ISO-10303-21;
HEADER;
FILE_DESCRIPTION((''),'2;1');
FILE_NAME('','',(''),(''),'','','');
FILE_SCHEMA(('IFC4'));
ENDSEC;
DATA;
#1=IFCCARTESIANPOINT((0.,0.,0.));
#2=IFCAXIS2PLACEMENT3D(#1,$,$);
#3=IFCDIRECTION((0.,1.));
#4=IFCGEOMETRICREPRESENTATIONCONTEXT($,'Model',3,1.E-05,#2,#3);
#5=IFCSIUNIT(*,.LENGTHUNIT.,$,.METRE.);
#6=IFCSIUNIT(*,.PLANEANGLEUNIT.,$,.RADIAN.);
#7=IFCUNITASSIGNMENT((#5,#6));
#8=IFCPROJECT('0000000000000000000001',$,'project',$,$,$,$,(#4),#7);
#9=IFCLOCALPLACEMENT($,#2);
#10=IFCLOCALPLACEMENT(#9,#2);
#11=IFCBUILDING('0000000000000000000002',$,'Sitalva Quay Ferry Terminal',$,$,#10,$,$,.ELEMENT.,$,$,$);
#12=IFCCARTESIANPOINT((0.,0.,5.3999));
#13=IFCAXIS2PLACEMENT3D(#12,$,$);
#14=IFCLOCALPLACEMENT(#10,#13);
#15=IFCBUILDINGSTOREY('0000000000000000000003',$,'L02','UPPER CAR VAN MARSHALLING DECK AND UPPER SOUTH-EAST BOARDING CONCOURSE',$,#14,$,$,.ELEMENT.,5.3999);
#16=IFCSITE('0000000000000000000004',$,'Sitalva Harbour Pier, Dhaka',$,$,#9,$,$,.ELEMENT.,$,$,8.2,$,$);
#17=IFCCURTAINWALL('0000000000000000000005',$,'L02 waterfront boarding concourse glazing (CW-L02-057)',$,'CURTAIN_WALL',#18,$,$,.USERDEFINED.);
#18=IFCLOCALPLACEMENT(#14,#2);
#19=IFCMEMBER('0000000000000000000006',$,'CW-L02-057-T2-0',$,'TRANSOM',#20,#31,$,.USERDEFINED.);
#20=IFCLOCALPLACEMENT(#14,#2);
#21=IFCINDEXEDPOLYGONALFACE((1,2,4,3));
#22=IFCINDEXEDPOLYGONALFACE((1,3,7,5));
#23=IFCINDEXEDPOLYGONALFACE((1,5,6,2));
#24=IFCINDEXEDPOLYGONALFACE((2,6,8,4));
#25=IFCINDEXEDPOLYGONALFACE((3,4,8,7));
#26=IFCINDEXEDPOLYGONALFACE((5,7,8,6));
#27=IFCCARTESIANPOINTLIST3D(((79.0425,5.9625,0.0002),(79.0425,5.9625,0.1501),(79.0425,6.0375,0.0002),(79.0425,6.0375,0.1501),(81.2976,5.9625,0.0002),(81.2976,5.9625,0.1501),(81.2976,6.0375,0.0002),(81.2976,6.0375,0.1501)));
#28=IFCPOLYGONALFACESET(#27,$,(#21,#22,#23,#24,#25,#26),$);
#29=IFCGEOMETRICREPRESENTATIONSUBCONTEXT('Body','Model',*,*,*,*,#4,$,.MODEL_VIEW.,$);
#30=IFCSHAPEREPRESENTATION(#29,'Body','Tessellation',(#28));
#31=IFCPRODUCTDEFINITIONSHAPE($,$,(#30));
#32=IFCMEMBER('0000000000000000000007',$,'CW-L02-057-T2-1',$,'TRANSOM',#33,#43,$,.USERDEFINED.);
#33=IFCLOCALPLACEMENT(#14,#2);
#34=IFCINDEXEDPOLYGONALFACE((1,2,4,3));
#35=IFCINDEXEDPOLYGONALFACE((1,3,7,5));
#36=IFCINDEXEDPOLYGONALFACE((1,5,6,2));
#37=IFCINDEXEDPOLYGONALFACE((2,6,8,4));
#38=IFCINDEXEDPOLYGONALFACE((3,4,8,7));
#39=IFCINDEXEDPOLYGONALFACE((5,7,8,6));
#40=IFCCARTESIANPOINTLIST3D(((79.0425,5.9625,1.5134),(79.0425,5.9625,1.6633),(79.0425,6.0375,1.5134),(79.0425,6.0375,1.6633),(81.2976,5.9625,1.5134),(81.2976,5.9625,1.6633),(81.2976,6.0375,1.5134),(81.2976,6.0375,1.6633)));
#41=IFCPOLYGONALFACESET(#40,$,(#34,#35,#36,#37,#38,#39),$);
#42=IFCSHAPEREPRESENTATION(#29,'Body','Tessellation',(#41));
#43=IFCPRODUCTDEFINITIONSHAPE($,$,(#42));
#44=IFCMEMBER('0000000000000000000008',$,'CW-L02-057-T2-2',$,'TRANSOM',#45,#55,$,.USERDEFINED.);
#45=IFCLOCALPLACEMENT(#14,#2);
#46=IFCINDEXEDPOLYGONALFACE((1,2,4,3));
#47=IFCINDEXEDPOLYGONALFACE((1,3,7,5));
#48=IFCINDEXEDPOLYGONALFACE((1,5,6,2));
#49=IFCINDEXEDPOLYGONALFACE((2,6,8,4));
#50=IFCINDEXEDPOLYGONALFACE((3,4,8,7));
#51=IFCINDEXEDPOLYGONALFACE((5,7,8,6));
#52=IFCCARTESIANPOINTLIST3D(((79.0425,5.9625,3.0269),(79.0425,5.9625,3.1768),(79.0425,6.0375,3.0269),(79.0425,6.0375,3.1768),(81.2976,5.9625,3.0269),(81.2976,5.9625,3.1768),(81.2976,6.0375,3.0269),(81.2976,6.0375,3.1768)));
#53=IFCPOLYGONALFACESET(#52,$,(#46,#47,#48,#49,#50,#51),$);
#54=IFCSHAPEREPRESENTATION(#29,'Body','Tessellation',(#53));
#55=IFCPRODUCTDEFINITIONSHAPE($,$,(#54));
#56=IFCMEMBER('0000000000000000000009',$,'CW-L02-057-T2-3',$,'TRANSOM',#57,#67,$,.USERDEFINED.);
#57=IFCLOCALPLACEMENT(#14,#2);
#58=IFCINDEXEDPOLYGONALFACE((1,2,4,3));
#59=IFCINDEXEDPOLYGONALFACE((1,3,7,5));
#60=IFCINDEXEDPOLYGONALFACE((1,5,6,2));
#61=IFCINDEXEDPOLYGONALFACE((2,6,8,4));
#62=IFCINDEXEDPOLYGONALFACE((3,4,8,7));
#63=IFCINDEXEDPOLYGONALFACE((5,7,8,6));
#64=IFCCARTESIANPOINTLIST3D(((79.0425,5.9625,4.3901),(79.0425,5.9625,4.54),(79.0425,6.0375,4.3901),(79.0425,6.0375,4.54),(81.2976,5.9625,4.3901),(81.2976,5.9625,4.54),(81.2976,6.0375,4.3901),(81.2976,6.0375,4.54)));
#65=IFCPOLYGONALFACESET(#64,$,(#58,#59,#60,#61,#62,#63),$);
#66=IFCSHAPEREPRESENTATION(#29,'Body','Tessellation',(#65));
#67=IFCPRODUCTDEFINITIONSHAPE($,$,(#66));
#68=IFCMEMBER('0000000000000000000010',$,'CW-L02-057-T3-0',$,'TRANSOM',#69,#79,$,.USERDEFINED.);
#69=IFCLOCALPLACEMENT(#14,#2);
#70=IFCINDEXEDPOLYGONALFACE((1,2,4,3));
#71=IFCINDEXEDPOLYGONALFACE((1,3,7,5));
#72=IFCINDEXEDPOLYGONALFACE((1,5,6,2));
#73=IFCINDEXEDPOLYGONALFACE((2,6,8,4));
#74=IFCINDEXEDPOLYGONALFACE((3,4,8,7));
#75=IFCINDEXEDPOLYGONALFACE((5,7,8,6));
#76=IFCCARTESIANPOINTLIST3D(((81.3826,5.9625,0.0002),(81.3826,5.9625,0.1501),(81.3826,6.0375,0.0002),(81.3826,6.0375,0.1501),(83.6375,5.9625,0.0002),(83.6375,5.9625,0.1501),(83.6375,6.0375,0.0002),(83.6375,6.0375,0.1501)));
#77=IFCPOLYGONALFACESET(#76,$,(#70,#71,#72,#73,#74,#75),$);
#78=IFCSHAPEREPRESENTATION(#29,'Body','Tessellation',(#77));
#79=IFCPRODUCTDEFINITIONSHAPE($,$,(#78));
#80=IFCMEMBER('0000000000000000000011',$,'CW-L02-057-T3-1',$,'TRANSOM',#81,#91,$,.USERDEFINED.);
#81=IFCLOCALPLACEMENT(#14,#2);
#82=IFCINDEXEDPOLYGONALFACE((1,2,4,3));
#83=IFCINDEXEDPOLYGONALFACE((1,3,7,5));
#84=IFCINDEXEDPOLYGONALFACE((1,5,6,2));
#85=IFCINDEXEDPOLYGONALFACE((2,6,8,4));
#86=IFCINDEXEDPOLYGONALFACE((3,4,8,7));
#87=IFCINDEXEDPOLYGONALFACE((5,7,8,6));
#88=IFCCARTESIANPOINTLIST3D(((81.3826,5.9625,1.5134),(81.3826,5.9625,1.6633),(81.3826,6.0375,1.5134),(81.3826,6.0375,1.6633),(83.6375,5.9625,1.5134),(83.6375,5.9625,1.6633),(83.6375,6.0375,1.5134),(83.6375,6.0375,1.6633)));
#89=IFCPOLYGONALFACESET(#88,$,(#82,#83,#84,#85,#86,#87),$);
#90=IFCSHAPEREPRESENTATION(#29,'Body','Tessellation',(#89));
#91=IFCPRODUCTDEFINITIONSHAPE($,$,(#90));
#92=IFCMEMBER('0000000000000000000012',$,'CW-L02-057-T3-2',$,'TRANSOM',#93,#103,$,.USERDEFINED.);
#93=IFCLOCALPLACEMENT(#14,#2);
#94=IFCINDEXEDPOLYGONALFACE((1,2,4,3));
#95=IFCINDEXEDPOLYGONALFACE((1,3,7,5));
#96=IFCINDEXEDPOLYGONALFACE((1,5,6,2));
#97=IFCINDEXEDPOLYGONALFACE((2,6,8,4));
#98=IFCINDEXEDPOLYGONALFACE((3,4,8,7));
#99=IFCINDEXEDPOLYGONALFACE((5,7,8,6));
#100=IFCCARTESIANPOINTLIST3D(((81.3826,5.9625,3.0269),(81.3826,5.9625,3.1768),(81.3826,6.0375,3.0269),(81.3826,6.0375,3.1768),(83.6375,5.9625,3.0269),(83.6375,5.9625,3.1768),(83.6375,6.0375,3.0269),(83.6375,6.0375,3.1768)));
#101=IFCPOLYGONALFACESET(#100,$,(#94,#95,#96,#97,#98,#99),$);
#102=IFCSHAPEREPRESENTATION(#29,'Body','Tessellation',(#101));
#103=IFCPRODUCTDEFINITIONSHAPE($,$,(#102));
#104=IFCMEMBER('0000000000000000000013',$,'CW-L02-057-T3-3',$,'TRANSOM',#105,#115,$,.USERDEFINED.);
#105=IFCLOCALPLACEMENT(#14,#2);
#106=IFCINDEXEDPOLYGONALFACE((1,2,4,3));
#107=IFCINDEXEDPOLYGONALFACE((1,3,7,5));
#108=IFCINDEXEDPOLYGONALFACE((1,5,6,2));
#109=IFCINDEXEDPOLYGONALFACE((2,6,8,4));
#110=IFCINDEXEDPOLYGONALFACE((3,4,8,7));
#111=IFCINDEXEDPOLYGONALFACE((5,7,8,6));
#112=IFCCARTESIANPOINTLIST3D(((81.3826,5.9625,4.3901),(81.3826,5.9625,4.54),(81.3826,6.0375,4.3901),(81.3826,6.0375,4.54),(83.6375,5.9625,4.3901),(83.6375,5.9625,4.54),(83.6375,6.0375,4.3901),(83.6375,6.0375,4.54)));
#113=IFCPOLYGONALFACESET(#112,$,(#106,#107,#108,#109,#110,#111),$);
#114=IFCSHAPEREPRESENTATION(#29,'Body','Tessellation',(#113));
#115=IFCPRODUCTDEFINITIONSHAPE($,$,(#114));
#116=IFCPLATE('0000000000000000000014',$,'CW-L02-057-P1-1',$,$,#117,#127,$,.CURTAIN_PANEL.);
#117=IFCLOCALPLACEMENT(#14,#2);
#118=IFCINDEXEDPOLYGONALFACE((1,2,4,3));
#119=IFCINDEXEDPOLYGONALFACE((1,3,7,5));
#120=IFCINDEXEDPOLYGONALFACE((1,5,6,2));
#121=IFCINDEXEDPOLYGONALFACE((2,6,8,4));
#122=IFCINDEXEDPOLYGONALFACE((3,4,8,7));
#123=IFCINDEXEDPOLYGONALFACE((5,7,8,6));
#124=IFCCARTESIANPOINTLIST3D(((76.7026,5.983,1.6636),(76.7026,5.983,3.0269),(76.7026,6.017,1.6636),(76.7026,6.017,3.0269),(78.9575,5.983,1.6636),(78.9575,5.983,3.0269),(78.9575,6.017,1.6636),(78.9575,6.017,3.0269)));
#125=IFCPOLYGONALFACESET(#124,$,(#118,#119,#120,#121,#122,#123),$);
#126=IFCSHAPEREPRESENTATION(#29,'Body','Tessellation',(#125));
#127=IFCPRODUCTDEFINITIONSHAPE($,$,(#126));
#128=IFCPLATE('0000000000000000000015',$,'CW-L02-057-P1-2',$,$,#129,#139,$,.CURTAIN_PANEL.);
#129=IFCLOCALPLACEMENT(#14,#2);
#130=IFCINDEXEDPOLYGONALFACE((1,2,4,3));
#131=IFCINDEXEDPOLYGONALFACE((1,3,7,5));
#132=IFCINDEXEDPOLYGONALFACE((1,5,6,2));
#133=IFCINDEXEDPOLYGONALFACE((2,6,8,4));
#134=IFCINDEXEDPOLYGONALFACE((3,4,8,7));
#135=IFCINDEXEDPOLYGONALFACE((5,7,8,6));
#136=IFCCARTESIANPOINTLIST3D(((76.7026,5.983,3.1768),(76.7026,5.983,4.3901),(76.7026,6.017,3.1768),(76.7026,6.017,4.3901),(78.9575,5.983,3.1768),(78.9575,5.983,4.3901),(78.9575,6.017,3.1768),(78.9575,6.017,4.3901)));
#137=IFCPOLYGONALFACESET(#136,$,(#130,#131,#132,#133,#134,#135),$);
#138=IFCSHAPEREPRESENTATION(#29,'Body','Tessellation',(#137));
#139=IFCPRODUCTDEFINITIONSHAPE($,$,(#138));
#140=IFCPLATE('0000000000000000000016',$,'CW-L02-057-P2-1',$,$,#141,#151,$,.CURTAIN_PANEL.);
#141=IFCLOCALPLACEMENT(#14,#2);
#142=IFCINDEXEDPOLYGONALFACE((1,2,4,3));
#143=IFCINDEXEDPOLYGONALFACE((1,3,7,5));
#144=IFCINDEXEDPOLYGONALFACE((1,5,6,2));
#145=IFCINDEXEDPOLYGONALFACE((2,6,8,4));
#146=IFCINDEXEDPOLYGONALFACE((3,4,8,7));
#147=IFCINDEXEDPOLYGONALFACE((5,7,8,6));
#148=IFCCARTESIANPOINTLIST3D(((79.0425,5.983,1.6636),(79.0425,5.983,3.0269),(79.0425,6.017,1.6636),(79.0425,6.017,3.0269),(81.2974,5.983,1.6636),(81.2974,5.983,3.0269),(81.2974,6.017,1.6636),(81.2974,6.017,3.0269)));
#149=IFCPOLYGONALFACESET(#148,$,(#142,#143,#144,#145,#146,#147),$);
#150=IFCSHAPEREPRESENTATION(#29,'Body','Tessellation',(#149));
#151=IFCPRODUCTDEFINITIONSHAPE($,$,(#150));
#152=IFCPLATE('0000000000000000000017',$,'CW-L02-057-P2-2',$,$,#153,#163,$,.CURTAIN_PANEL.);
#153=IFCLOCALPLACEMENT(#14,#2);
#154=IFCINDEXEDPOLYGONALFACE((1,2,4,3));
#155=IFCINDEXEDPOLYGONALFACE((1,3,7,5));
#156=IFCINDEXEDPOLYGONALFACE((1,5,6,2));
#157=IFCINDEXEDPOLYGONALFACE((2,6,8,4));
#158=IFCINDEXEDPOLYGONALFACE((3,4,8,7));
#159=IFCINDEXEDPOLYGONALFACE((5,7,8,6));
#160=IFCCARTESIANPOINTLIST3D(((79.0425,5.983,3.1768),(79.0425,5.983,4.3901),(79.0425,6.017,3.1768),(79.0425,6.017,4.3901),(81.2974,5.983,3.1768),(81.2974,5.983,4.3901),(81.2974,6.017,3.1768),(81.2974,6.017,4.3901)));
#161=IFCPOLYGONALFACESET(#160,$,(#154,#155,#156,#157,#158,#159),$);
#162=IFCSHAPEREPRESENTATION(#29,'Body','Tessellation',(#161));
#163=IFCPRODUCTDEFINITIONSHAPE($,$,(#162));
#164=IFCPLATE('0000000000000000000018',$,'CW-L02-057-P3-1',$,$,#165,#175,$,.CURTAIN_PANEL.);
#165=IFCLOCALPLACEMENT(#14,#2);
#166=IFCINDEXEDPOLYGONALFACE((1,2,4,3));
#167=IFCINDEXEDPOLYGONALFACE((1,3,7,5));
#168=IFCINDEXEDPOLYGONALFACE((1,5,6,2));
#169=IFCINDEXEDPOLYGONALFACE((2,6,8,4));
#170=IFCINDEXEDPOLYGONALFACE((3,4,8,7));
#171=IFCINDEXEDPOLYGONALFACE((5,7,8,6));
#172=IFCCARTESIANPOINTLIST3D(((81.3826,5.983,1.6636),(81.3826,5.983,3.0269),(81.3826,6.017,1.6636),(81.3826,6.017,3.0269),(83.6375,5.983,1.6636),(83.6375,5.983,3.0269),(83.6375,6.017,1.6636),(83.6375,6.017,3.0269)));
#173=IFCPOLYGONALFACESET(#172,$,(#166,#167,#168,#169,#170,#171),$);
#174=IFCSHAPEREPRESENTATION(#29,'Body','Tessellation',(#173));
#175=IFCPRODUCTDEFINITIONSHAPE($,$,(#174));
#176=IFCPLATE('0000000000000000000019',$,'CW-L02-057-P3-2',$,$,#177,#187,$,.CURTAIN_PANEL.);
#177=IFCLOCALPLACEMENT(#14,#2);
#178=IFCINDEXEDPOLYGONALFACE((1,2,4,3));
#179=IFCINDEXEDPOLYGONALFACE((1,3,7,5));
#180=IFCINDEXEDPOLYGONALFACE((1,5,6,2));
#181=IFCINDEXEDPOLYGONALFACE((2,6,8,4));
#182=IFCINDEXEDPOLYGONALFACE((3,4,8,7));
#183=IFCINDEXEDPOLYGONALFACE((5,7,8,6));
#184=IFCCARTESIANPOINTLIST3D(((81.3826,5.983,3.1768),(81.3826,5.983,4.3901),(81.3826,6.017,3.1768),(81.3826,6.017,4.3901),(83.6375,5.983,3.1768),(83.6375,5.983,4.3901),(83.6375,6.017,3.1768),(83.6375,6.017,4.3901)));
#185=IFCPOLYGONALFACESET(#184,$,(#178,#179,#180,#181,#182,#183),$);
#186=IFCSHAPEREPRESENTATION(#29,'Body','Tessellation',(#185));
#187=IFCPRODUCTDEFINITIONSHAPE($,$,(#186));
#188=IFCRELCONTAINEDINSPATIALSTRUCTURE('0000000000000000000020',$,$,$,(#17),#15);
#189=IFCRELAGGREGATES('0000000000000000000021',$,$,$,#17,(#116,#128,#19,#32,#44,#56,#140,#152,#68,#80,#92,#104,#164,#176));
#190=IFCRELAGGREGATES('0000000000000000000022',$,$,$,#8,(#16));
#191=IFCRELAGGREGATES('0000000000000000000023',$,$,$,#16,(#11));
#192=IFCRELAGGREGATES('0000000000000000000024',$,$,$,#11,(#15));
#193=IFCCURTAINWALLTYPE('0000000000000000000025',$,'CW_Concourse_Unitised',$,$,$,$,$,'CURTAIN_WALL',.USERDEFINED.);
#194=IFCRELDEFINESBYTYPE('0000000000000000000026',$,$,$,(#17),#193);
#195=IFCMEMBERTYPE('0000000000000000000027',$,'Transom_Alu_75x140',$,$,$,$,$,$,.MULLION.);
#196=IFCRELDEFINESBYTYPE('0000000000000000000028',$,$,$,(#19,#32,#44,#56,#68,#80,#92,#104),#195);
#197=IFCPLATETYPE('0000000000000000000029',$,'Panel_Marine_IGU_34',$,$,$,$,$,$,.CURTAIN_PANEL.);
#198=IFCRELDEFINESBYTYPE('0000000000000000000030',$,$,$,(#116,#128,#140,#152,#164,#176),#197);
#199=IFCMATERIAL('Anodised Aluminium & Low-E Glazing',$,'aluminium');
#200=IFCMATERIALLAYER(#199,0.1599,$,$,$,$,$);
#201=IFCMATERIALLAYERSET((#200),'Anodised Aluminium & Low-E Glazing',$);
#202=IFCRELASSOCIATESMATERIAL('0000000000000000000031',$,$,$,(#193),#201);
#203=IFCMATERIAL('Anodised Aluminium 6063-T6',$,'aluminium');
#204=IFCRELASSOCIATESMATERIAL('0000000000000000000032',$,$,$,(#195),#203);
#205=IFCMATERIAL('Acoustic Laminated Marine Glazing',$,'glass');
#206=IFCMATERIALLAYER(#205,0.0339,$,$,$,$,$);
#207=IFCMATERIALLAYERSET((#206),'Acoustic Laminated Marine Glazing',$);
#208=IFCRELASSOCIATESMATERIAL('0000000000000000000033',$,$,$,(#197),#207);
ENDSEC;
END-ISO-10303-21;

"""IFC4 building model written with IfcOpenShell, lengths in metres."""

from ifc_helpers import new_model, si_unit, direction, frame, origin, origin_2d, place, context, subcontext, project, spatial, rectangle, extrude, material, layer, layer_set, material_profile, profile_set, type_object, element, aggregate, save


model = new_model("IFC4")

# Units and contexts
model_context = context("Model", 3, precision=1e-05, world=origin(), true_north=direction((0.0, 1.0)))
body_context = subcontext(model_context, "Body", "Model", "MODEL_VIEW")
ifc_project = project(units=[si_unit("LENGTHUNIT", "METRE"), si_unit("PLANEANGLEUNIT", "RADIAN")], contexts=[model_context])

# Site, building, storey
site_placement = place(None, origin())
site = spatial("IfcSite", under=ifc_project, at=site_placement, Name="Sitalva Harbour Pier, Dhaka", CompositionType="ELEMENT", RefElevation=8.2)
building_placement = place(site_placement, origin())
building = spatial("IfcBuilding", under=site, at=building_placement, Name="Sitalva Quay Ferry Terminal", CompositionType="ELEMENT")
storey_placement = place(building_placement, frame((0.0, 0.0, 5.3999)))
storey = spatial("IfcBuildingStorey", under=building, at=storey_placement, Name="L02", Description="UPPER CAR VAN MARSHALLING DECK AND UPPER SOUTH-EAST BOARDING CONCOURSE", CompositionType="ELEMENT", Elevation=5.3999)

# Curtain wall, members, plates
ifc_material_1 = material(Name="Anodised Aluminium & Low-E Glazing", Category="aluminium")
ifc_layer_1 = layer(ifc_material_1, 0.1599)
ifc_layer_set_1 = layer_set([ifc_layer_1], Name="Anodised Aluminium & Low-E Glazing")
curtain_wall_type = type_object("IfcCurtainWallType", Name="CW_Concourse_Unitised", ElementType="CURTAIN_WALL", PredefinedType="USERDEFINED", material=ifc_layer_set_1)
curtain_wall_placement = place(storey_placement, origin())
curtain_wall = element("IfcCurtainWall", 1, at=curtain_wall_placement, inside=storey, type_object=curtain_wall_type, Name="L02 waterfront boarding concourse glazing (CW-L02-057)", ObjectType="CURTAIN_WALL", PredefinedType="USERDEFINED")
ifc_material_2 = material(Name="Anodised Aluminium 6063-T6", Category="aluminium")
ifc_material_profile_1 = material_profile(ifc_material_2, rectangle(XDim=0.075, YDim=0.1499, at=origin_2d()), Name="ALU75x150")
ifc_profile_set_1 = profile_set([ifc_material_profile_1], Name="Anodised Aluminium 6063-T6")
member_type_1 = type_object("IfcMemberType", Name="Transom_Alu_75x140", PredefinedType="MULLION", material=ifc_profile_set_1)
member_1_placement = place(storey_placement, frame((79.0425, 6.0, 0.0752), z_axis=(1.0, 0.0, 0.0), x_axis=(0.0, 1.0, 0.0)))
member_1 = element("IfcMember", 2, at=member_1_placement, type_object=member_type_1, Name="CW-L02-057-T2-0", ObjectType="TRANSOM", PredefinedType="USERDEFINED", context=body_context, shape_type="SweptSolid", body=[
    extrude(rectangle(XDim=0.075, YDim=0.1499, at=origin_2d()), origin(), (0.0, 0.0, 1.0), 2.2551),
])
member_2_placement = place(storey_placement, frame((79.0425, 6.0, 1.5884), z_axis=(1.0, 0.0, 0.0), x_axis=(0.0, 1.0, 0.0)))
member_2 = element("IfcMember", 3, at=member_2_placement, type_object=member_type_1, Name="CW-L02-057-T2-1", ObjectType="TRANSOM", PredefinedType="USERDEFINED", context=body_context, shape_type="SweptSolid", body=[
    extrude(rectangle(XDim=0.075, YDim=0.1499, at=origin_2d()), origin(), (0.0, 0.0, 1.0), 2.2551),
])
member_3_placement = place(storey_placement, frame((79.0425, 6.0, 3.1018), z_axis=(1.0, 0.0, 0.0), x_axis=(0.0, 1.0, 0.0)))
member_3 = element("IfcMember", 4, at=member_3_placement, type_object=member_type_1, Name="CW-L02-057-T2-2", ObjectType="TRANSOM", PredefinedType="USERDEFINED", context=body_context, shape_type="SweptSolid", body=[
    extrude(rectangle(XDim=0.075, YDim=0.1499, at=origin_2d()), origin(), (0.0, 0.0, 1.0), 2.2551),
])
member_4_placement = place(storey_placement, frame((79.0425, 6.0, 4.4651), z_axis=(1.0, 0.0, 0.0), x_axis=(0.0, 1.0, 0.0)))
member_4 = element("IfcMember", 5, at=member_4_placement, type_object=member_type_1, Name="CW-L02-057-T2-3", ObjectType="TRANSOM", PredefinedType="USERDEFINED", context=body_context, shape_type="SweptSolid", body=[
    extrude(rectangle(XDim=0.075, YDim=0.1499, at=origin_2d()), origin(), (0.0, 0.0, 1.0), 2.2551),
])
member_5_placement = place(storey_placement, frame((81.3826, 6.0, 0.0752), z_axis=(1.0, 0.0, 0.0), x_axis=(0.0, 1.0, 0.0)))
member_5 = element("IfcMember", 6, at=member_5_placement, type_object=member_type_1, Name="CW-L02-057-T3-0", ObjectType="TRANSOM", PredefinedType="USERDEFINED", context=body_context, shape_type="SweptSolid", body=[
    extrude(rectangle(XDim=0.075, YDim=0.1499, at=origin_2d()), origin(), (0.0, 0.0, 1.0), 2.2549),
])
member_6_placement = place(storey_placement, frame((81.3826, 6.0, 1.5884), z_axis=(1.0, 0.0, 0.0), x_axis=(0.0, 1.0, 0.0)))
member_6 = element("IfcMember", 7, at=member_6_placement, type_object=member_type_1, Name="CW-L02-057-T3-1", ObjectType="TRANSOM", PredefinedType="USERDEFINED", context=body_context, shape_type="SweptSolid", body=[
    extrude(rectangle(XDim=0.075, YDim=0.1499, at=origin_2d()), origin(), (0.0, 0.0, 1.0), 2.2549),
])
member_7_placement = place(storey_placement, frame((81.3826, 6.0, 3.1018), z_axis=(1.0, 0.0, 0.0), x_axis=(0.0, 1.0, 0.0)))
member_7 = element("IfcMember", 8, at=member_7_placement, type_object=member_type_1, Name="CW-L02-057-T3-2", ObjectType="TRANSOM", PredefinedType="USERDEFINED", context=body_context, shape_type="SweptSolid", body=[
    extrude(rectangle(XDim=0.075, YDim=0.1499, at=origin_2d()), origin(), (0.0, 0.0, 1.0), 2.2549),
])
member_8_placement = place(storey_placement, frame((81.3826, 6.0, 4.4651), z_axis=(1.0, 0.0, 0.0), x_axis=(0.0, 1.0, 0.0)))
member_8 = element("IfcMember", 9, at=member_8_placement, type_object=member_type_1, Name="CW-L02-057-T3-3", ObjectType="TRANSOM", PredefinedType="USERDEFINED", context=body_context, shape_type="SweptSolid", body=[
    extrude(rectangle(XDim=0.075, YDim=0.1499, at=origin_2d()), origin(), (0.0, 0.0, 1.0), 2.2549),
])
ifc_material_3 = material(Name="Acoustic Laminated Marine Glazing", Category="glass")
ifc_layer_2 = layer(ifc_material_3, 0.0339)
ifc_layer_set_2 = layer_set([ifc_layer_2], Name="Acoustic Laminated Marine Glazing")
plate_type_1 = type_object("IfcPlateType", Name="Panel_Marine_IGU_34", PredefinedType="CURTAIN_PANEL", material=ifc_layer_set_2)
plate_1_placement = place(storey_placement, frame((77.8301, 6.0, 1.6636), z_axis=(0.0, 0.0, 1.0), x_axis=(1.0, 0.0, 0.0)))
plate_1 = element("IfcPlate", 10, at=plate_1_placement, type_object=plate_type_1, Name="CW-L02-057-P1-1", PredefinedType="CURTAIN_PANEL", context=body_context, shape_type="SweptSolid", body=[
    extrude(rectangle(XDim=2.2549, YDim=0.0339, at=origin_2d()), origin(), (0.0, 0.0, 1.0), 1.3633),
])
plate_2_placement = place(storey_placement, frame((77.8301, 6.0, 3.1768), z_axis=(0.0, 0.0, 1.0), x_axis=(1.0, 0.0, 0.0)))
plate_2 = element("IfcPlate", 11, at=plate_2_placement, type_object=plate_type_1, Name="CW-L02-057-P1-2", PredefinedType="CURTAIN_PANEL", context=body_context, shape_type="SweptSolid", body=[
    extrude(rectangle(XDim=2.2549, YDim=0.0339, at=origin_2d()), origin(), (0.0, 0.0, 1.0), 1.2134),
])
plate_3_placement = place(storey_placement, frame((80.1699, 6.0, 1.6636), z_axis=(0.0, 0.0, 1.0), x_axis=(1.0, 0.0, 0.0)))
plate_3 = element("IfcPlate", 12, at=plate_3_placement, type_object=plate_type_1, Name="CW-L02-057-P2-1", PredefinedType="CURTAIN_PANEL", context=body_context, shape_type="SweptSolid", body=[
    extrude(rectangle(XDim=2.2549, YDim=0.0339, at=origin_2d()), origin(), (0.0, 0.0, 1.0), 1.3633),
])
plate_4_placement = place(storey_placement, frame((80.1699, 6.0, 3.1768), z_axis=(0.0, 0.0, 1.0), x_axis=(1.0, 0.0, 0.0)))
plate_4 = element("IfcPlate", 13, at=plate_4_placement, type_object=plate_type_1, Name="CW-L02-057-P2-2", PredefinedType="CURTAIN_PANEL", context=body_context, shape_type="SweptSolid", body=[
    extrude(rectangle(XDim=2.2549, YDim=0.0339, at=origin_2d()), origin(), (0.0, 0.0, 1.0), 1.2134),
])
plate_5_placement = place(storey_placement, frame((82.51, 6.0, 1.6636), z_axis=(0.0, 0.0, 1.0), x_axis=(1.0, 0.0, 0.0)))
plate_5 = element("IfcPlate", 14, at=plate_5_placement, type_object=plate_type_1, Name="CW-L02-057-P3-1", PredefinedType="CURTAIN_PANEL", context=body_context, shape_type="SweptSolid", body=[
    extrude(rectangle(XDim=2.2549, YDim=0.0339, at=origin_2d()), origin(), (0.0, 0.0, 1.0), 1.3633),
])
plate_6_placement = place(storey_placement, frame((82.51, 6.0, 3.1768), z_axis=(0.0, 0.0, 1.0), x_axis=(1.0, 0.0, 0.0)))
plate_6 = element("IfcPlate", 15, at=plate_6_placement, type_object=plate_type_1, Name="CW-L02-057-P3-2", PredefinedType="CURTAIN_PANEL", context=body_context, shape_type="SweptSolid", body=[
    extrude(rectangle(XDim=2.2549, YDim=0.0339, at=origin_2d()), origin(), (0.0, 0.0, 1.0), 1.2134),
])
aggregate(curtain_wall, [plate_1, plate_2, member_1, member_2, member_3, member_4, plate_3, plate_4, member_5, member_6, member_7, member_8, plate_5, plate_6])

save(model, "model.ifc")
